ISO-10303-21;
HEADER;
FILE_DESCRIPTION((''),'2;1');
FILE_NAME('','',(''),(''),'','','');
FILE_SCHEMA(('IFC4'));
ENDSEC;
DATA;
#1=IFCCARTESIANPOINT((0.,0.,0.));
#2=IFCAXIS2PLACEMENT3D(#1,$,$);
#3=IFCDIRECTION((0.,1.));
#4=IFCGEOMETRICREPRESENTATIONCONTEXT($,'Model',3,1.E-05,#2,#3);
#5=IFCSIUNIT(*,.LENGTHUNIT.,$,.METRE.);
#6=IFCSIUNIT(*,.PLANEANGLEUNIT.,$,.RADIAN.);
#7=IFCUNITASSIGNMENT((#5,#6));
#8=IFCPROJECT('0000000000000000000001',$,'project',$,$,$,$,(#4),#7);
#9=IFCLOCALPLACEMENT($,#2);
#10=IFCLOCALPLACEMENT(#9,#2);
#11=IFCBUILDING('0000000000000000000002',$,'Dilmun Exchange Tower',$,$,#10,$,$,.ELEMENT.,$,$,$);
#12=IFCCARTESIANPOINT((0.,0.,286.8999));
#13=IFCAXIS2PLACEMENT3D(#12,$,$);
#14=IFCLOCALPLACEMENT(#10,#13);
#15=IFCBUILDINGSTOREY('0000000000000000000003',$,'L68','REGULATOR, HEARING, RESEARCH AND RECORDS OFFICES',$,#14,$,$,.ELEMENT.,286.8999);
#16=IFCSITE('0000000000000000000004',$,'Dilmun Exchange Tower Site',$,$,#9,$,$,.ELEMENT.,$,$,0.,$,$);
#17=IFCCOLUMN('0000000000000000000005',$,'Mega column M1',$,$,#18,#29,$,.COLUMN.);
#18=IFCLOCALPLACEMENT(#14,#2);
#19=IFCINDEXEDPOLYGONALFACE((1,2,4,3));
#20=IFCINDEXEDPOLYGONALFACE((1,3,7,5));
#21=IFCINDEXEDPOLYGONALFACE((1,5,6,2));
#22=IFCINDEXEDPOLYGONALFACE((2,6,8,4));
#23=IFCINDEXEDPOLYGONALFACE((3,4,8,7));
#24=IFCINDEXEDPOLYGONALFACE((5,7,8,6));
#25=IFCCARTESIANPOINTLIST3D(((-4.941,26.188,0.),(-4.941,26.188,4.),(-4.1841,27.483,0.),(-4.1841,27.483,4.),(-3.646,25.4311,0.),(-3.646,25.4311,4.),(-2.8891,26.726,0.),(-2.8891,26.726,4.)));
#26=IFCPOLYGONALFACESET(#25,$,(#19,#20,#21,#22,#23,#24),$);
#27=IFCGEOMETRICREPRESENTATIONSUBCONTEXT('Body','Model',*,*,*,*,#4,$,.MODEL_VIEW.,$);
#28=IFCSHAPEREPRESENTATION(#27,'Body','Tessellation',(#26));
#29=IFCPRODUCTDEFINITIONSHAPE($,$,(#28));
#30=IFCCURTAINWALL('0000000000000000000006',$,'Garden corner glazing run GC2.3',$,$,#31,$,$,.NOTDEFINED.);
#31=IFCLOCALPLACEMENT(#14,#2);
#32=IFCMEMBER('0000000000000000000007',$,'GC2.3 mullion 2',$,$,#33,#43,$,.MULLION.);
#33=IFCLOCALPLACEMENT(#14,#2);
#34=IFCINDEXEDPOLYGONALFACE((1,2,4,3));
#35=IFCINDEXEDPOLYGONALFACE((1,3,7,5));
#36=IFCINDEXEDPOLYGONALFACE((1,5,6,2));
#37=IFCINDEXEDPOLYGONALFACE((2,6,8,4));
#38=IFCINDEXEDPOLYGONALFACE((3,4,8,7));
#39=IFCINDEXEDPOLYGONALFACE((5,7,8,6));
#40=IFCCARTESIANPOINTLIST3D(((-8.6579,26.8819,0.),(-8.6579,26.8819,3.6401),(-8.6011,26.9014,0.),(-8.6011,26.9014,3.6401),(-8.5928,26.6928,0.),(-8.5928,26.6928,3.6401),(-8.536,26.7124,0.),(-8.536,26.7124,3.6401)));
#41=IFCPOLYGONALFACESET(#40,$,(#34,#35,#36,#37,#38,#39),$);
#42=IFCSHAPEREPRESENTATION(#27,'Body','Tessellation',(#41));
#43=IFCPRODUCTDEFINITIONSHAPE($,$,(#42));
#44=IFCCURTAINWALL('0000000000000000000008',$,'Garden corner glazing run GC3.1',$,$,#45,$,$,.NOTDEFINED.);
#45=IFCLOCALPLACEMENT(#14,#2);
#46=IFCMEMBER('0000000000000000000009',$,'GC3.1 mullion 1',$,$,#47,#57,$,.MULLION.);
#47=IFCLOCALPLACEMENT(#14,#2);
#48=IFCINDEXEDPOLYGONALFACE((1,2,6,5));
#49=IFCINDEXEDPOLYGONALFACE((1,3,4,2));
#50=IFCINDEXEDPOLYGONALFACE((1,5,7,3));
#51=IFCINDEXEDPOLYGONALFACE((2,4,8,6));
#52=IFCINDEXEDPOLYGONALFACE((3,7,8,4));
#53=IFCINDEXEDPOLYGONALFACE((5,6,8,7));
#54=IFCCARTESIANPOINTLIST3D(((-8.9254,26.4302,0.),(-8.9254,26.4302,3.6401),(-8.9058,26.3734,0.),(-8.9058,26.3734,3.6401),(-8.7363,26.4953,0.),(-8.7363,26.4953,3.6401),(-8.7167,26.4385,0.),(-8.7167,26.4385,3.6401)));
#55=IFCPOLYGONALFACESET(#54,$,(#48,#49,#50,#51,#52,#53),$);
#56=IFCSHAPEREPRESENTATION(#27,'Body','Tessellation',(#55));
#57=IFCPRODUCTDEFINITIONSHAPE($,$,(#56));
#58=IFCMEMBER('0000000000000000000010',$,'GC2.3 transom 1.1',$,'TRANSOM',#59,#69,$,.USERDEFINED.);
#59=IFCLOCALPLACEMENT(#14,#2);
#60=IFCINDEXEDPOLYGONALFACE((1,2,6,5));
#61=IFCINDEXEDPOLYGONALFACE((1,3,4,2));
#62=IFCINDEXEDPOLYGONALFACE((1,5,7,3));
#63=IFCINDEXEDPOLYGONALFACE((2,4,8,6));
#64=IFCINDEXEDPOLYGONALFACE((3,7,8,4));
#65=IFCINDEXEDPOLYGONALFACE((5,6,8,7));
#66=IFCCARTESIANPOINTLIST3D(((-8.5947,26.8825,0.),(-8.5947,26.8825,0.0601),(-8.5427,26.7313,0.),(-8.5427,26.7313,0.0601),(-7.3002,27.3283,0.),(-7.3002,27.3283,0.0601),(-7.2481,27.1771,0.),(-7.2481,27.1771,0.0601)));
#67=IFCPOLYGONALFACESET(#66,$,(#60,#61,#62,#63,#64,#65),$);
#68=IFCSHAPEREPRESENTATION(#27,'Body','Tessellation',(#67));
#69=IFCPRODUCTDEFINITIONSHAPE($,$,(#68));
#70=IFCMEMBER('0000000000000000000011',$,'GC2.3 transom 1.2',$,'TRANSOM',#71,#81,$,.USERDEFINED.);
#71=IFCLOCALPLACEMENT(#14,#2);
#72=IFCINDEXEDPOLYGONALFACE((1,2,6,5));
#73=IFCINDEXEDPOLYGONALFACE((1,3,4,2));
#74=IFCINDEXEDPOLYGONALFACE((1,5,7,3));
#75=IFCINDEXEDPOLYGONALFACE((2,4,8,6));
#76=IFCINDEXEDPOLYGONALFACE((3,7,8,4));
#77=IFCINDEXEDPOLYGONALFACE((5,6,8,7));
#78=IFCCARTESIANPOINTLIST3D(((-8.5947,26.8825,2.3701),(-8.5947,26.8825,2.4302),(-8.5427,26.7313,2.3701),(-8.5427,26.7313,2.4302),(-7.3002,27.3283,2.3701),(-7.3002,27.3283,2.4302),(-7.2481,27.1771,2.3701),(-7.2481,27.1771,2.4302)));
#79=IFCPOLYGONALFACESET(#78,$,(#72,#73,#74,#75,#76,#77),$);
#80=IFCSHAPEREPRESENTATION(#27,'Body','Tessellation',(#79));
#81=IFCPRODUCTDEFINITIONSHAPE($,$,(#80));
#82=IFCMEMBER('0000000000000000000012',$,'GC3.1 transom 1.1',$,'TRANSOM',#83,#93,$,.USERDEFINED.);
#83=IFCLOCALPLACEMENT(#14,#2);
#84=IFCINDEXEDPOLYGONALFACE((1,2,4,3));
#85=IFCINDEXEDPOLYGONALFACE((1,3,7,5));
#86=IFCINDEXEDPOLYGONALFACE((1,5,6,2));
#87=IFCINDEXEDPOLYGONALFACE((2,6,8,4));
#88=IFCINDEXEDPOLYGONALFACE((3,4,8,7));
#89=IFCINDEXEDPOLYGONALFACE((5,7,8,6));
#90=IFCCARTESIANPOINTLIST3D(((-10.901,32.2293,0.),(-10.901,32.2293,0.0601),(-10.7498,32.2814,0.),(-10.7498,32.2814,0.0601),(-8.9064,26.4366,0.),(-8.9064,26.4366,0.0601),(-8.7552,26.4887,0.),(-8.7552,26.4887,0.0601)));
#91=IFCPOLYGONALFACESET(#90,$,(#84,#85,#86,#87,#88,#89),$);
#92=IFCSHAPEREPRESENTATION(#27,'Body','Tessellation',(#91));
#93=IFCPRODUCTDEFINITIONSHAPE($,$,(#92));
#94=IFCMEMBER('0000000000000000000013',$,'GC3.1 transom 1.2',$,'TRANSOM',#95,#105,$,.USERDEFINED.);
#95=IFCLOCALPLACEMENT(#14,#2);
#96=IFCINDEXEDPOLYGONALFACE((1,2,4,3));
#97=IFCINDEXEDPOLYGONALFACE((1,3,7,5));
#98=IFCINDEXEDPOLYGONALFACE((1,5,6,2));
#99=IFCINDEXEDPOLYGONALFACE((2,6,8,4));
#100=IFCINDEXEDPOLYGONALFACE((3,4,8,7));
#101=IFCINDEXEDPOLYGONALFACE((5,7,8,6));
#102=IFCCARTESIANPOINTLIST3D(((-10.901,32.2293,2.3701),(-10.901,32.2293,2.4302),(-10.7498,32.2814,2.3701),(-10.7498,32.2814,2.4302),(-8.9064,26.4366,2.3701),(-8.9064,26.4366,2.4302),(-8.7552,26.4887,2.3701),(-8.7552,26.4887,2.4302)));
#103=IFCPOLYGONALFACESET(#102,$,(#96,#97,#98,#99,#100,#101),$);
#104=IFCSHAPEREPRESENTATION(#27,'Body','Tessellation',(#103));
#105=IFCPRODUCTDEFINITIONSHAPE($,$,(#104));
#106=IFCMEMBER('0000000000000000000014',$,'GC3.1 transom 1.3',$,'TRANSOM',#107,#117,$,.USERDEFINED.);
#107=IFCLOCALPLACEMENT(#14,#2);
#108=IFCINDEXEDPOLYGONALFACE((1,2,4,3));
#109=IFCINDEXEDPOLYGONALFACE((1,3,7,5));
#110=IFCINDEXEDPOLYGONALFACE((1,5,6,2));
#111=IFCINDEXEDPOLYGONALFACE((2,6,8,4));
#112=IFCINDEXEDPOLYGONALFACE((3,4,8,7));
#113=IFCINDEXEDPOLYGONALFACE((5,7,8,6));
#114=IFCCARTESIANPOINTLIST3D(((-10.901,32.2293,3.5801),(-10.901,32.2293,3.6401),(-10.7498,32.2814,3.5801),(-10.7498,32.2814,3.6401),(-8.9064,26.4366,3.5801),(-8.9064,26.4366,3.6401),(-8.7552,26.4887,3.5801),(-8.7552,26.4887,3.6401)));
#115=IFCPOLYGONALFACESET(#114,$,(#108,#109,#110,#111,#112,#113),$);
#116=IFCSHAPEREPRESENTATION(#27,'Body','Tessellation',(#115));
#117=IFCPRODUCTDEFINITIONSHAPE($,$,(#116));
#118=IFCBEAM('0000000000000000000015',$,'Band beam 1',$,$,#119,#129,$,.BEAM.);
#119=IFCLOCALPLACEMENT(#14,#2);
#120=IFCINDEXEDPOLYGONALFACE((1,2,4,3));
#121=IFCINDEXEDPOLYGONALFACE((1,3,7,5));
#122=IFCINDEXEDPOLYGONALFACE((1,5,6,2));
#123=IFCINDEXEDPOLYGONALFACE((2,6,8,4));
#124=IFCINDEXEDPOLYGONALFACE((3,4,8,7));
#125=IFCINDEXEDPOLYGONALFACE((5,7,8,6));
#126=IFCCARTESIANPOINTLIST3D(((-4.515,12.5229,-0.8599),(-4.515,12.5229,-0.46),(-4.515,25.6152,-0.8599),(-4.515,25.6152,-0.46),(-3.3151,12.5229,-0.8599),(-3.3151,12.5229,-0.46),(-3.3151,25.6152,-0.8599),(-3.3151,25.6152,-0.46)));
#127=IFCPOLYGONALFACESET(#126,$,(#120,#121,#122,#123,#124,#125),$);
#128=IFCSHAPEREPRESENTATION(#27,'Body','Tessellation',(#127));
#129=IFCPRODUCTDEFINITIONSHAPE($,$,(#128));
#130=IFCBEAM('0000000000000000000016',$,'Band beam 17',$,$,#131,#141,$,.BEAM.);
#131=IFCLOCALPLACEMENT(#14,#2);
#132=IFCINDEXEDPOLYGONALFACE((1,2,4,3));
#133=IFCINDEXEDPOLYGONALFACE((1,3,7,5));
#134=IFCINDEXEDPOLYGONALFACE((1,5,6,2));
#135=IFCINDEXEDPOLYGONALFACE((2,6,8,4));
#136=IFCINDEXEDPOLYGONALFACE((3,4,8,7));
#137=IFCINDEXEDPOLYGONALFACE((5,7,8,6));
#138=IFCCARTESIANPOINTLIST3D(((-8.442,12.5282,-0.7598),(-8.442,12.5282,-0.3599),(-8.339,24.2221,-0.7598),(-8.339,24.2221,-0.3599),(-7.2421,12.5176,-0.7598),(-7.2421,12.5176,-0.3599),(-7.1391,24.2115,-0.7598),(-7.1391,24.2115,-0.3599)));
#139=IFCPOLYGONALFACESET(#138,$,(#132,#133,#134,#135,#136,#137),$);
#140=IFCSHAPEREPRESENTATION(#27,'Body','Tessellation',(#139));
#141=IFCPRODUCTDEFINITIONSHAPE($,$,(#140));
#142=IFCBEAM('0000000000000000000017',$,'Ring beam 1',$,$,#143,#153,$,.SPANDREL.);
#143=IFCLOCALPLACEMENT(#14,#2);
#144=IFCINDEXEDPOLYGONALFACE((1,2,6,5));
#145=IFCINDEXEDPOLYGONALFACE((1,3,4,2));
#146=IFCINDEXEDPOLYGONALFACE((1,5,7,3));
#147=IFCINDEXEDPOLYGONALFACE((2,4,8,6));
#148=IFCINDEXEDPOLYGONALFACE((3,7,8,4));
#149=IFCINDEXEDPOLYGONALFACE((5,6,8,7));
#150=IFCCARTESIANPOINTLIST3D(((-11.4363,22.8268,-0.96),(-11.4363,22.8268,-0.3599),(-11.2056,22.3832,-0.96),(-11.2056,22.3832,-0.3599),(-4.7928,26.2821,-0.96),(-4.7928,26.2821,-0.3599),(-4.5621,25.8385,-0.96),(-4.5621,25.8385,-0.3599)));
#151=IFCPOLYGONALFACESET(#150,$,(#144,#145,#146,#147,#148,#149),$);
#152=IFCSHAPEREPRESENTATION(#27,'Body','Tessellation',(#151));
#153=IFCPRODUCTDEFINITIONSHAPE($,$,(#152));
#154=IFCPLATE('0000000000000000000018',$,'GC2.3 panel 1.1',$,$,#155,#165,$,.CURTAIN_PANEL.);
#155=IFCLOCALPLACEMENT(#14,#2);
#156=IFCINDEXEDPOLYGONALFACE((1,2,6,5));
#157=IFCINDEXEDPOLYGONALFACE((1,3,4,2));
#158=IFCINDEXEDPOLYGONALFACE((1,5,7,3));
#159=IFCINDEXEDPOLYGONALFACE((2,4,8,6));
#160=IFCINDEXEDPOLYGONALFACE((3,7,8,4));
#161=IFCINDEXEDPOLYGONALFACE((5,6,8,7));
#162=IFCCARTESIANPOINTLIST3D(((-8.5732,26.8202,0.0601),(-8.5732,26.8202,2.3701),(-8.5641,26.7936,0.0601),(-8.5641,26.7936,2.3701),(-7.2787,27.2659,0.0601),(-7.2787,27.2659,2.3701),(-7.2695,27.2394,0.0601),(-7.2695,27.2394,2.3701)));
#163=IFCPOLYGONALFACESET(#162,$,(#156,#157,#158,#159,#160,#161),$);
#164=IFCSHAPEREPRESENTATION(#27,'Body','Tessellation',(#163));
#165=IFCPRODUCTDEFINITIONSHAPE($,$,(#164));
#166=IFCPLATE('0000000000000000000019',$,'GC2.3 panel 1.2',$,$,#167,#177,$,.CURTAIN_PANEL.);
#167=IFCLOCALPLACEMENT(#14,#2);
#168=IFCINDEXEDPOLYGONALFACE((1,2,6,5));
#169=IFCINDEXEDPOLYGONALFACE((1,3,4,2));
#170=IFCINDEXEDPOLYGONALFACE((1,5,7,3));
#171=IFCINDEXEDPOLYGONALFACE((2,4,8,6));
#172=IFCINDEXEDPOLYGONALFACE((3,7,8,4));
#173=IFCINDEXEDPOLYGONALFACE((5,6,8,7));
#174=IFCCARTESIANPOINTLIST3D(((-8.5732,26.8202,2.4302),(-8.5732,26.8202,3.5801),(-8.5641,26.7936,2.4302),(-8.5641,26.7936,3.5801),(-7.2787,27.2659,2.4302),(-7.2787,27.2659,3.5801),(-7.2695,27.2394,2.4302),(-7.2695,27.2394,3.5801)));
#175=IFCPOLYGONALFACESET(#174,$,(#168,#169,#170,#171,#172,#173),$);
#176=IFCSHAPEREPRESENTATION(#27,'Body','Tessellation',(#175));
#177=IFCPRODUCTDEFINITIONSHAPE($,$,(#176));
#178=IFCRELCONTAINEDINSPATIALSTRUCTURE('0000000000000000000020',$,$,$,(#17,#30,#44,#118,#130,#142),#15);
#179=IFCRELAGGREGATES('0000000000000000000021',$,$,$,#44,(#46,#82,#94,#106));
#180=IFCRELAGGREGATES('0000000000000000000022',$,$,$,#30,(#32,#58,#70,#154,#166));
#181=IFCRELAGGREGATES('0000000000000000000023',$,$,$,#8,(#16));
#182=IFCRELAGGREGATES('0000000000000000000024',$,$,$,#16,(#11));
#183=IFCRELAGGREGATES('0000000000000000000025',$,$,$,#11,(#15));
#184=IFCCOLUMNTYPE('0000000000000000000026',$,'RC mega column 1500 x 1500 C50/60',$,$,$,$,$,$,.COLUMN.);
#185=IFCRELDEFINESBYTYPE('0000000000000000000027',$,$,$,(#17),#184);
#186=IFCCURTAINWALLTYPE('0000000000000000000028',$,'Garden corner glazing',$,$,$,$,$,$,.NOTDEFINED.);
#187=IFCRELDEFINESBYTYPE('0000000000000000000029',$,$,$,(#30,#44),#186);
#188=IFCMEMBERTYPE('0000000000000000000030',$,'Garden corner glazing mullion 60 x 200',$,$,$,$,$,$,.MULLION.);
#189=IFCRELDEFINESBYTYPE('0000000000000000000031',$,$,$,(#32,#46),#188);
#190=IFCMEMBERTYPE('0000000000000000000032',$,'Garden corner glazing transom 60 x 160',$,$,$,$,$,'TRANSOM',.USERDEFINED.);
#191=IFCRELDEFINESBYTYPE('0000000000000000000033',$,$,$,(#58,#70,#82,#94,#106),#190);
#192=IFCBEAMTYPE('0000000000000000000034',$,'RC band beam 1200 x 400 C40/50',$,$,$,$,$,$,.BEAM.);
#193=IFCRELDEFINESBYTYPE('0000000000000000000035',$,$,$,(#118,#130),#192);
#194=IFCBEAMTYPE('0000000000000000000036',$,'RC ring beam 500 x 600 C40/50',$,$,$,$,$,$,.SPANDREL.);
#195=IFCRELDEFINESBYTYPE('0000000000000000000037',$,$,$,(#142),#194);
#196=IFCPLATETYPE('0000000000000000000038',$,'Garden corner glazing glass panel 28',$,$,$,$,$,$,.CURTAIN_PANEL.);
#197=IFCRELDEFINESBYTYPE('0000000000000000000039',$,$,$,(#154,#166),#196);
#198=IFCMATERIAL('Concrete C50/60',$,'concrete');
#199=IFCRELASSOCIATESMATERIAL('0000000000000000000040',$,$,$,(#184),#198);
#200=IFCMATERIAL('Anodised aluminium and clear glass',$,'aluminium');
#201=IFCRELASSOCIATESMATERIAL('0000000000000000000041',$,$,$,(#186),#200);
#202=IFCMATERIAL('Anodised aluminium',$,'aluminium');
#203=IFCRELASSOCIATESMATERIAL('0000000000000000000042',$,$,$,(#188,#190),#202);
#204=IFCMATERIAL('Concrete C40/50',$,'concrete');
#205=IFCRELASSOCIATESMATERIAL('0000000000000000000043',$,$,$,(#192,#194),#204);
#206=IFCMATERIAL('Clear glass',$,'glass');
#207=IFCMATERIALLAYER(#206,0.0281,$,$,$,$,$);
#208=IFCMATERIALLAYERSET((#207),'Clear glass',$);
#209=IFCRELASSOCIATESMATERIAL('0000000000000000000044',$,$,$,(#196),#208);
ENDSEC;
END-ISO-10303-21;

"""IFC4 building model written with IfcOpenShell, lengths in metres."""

from ifc_helpers import new_model, si_unit, direction, frame, origin, origin_2d, place, context, subcontext, project, spatial, rectangle, extrude, material, layer, layer_set, material_profile, profile_set, type_object, element, aggregate, save


model = new_model("IFC4")

# Units and contexts
model_context = context("Model", 3, precision=1e-05, world=origin(), true_north=direction((0.0, 1.0)))
body_context = subcontext(model_context, "Body", "Model", "MODEL_VIEW")
ifc_project = project(units=[si_unit("LENGTHUNIT", "METRE"), si_unit("PLANEANGLEUNIT", "RADIAN")], contexts=[model_context])

# Site, building, storey
site_placement = place(None, origin())
site = spatial("IfcSite", under=ifc_project, at=site_placement, Name="Dilmun Exchange Tower Site", CompositionType="ELEMENT", RefElevation=0.0)
building_placement = place(site_placement, origin())
building = spatial("IfcBuilding", under=site, at=building_placement, Name="Dilmun Exchange Tower", CompositionType="ELEMENT")
storey_placement = place(building_placement, frame((0.0, 0.0, 286.8999)))
storey = spatial("IfcBuildingStorey", under=building, at=storey_placement, Name="L68", Description="REGULATOR, HEARING, RESEARCH AND RECORDS OFFICES", CompositionType="ELEMENT", Elevation=286.8999)

# Column
ifc_material_1 = material(Name="Concrete C50/60", Category="concrete")
ifc_material_profile_1 = material_profile(ifc_material_1, rectangle(XDim=1.5, YDim=1.5, at=origin_2d()), Name="1500 x 1500")
ifc_profile_set_1 = profile_set([ifc_material_profile_1], Name="Concrete C50/60")
column_type = type_object("IfcColumnType", Name="RC mega column 1500 x 1500 C50/60", PredefinedType="COLUMN", material=ifc_profile_set_1)
column_placement = place(storey_placement, frame((-3.915, 26.457, 0.0), z_axis=(0.0, 0.0, 1.0), x_axis=(0.504644, 0.863328, 0.0)))
element("IfcColumn", 1, at=column_placement, inside=storey, type_object=column_type, Name="Mega column M1", PredefinedType="COLUMN", context=body_context, shape_type="SweptSolid", body=[
    extrude(rectangle(XDim=1.5, YDim=1.5, at=origin_2d()), origin(), (0.0, 0.0, 1.0), 4.0),
])

# Curtain walls, members
ifc_material_2 = material(Name="Anodised aluminium and clear glass", Category="aluminium")
curtain_wall_type = type_object("IfcCurtainWallType", Name="Garden corner glazing", PredefinedType="NOTDEFINED", material=ifc_material_2)
curtain_wall_1_placement = place(storey_placement, origin())
curtain_wall_1 = element("IfcCurtainWall", 2, at=curtain_wall_1_placement, inside=storey, type_object=curtain_wall_type, Name="Garden corner glazing run GC2.3", PredefinedType="NOTDEFINED")
ifc_material_3 = material(Name="Anodised aluminium", Category="aluminium")
ifc_material_profile_2 = material_profile(ifc_material_3, rectangle(XDim=0.2, YDim=0.0601, at=origin_2d()), Name="AL 60x200")
ifc_profile_set_2 = profile_set([ifc_material_profile_2], Name="Anodised aluminium")
member_type_1 = type_object("IfcMemberType", Name="Garden corner glazing mullion 60 x 200", PredefinedType="MULLION", material=ifc_profile_set_2)
member_1_placement = place(storey_placement, frame((-8.5969, 26.7971, 0.0), z_axis=(0.0, 0.0, 1.0), x_axis=(0.32556, -0.945521, 0.0)))
member_1 = element("IfcMember", 3, at=member_1_placement, type_object=member_type_1, Name="GC2.3 mullion 2", PredefinedType="MULLION", context=body_context, shape_type="SweptSolid", body=[
    extrude(rectangle(XDim=0.2, YDim=0.0601, at=origin_2d()), origin(), (0.0, 0.0, 1.0), 3.6401),
])
curtain_wall_2_placement = place(storey_placement, origin())
curtain_wall_2 = element("IfcCurtainWall", 4, at=curtain_wall_2_placement, inside=storey, type_object=curtain_wall_type, Name="Garden corner glazing run GC3.1", PredefinedType="NOTDEFINED")
member_2_placement = place(storey_placement, frame((-8.821, 26.4343, 0.0), z_axis=(0.0, 0.0, 1.0), x_axis=(-0.945517, -0.325573, 0.0)))
member_2 = element("IfcMember", 5, at=member_2_placement, type_object=member_type_1, Name="GC3.1 mullion 1", PredefinedType="MULLION", context=body_context, shape_type="SweptSolid", body=[
    extrude(rectangle(XDim=0.2, YDim=0.0601, at=origin_2d()), origin(), (0.0, 0.0, 1.0), 3.6401),
])

# Members
ifc_material_profile_3 = material_profile(ifc_material_3, rectangle(XDim=0.1599, YDim=0.0601, at=origin_2d()), Name="AL 60x160")
ifc_profile_set_3 = profile_set([ifc_material_profile_3], Name="Anodised aluminium")
member_type_2 = type_object("IfcMemberType", Name="Garden corner glazing transom 60 x 160", ElementType="TRANSOM", PredefinedType="USERDEFINED", material=ifc_profile_set_3)
member_3_placement = place(storey_placement, frame((-7.2742, 27.2527, 0.03), z_axis=(-0.945498, -0.325628, 0.0), x_axis=(0.325628, -0.945498, 0.0)))
member_3 = element("IfcMember", 6, at=member_3_placement, type_object=member_type_2, Name="GC2.3 transom 1.1", ObjectType="TRANSOM", PredefinedType="USERDEFINED", context=body_context, shape_type="SweptSolid", body=[
    extrude(rectangle(XDim=0.1599, YDim=0.0601, at=origin_2d()), origin(), (0.0, 0.0, 1.0), 1.3691),
])
member_4_placement = place(storey_placement, frame((-7.2742, 27.2527, 2.4001), z_axis=(-0.945498, -0.325628, 0.0), x_axis=(0.325628, -0.945498, 0.0)))
member_4 = element("IfcMember", 7, at=member_4_placement, type_object=member_type_2, Name="GC2.3 transom 1.2", ObjectType="TRANSOM", PredefinedType="USERDEFINED", context=body_context, shape_type="SweptSolid", body=[
    extrude(rectangle(XDim=0.1599, YDim=0.0601, at=origin_2d()), origin(), (0.0, 0.0, 1.0), 1.3691),
])
member_5_placement = place(storey_placement, frame((-8.8308, 26.4626, 0.03), z_axis=(-0.325573, 0.945517, 0.0), x_axis=(-0.945517, -0.325573, 0.0)))
member_5 = element("IfcMember", 8, at=member_5_placement, type_object=member_type_2, Name="GC3.1 transom 1.1", ObjectType="TRANSOM", PredefinedType="USERDEFINED", context=body_context, shape_type="SweptSolid", body=[
    extrude(rectangle(XDim=0.1599, YDim=0.0601, at=origin_2d()), origin(), (0.0, 0.0, 1.0), 6.1265),
])
member_6_placement = place(storey_placement, frame((-8.8308, 26.4626, 2.4001), z_axis=(-0.325573, 0.945517, 0.0), x_axis=(-0.945517, -0.325573, 0.0)))
member_6 = element("IfcMember", 9, at=member_6_placement, type_object=member_type_2, Name="GC3.1 transom 1.2", ObjectType="TRANSOM", PredefinedType="USERDEFINED", context=body_context, shape_type="SweptSolid", body=[
    extrude(rectangle(XDim=0.1599, YDim=0.0601, at=origin_2d()), origin(), (0.0, 0.0, 1.0), 6.1265),
])
member_7_placement = place(storey_placement, frame((-8.8308, 26.4626, 3.6101), z_axis=(-0.325573, 0.945517, 0.0), x_axis=(-0.945517, -0.325573, 0.0)))
member_7 = element("IfcMember", 10, at=member_7_placement, type_object=member_type_2, Name="GC3.1 transom 1.3", ObjectType="TRANSOM", PredefinedType="USERDEFINED", context=body_context, shape_type="SweptSolid", body=[
    extrude(rectangle(XDim=0.1599, YDim=0.0601, at=origin_2d()), origin(), (0.0, 0.0, 1.0), 6.1265),
])
aggregate(curtain_wall_2, [member_2, member_5, member_6, member_7])

# Beams
ifc_material_4 = material(Name="Concrete C40/50", Category="concrete")
ifc_material_profile_4 = material_profile(ifc_material_4, rectangle(XDim=1.2, YDim=0.3999, at=origin_2d()), Name="1200 x 400")
ifc_profile_set_4 = profile_set([ifc_material_profile_4], Name="Concrete C40/50")
beam_type_1 = type_object("IfcBeamType", Name="RC band beam 1200 x 400 C40/50", PredefinedType="BEAM", material=ifc_profile_set_4)
beam_1_placement = place(storey_placement, frame((-3.915, 25.6152, -0.6599), z_axis=(0.0, -1.0, 0.0), x_axis=(1.0, 0.0, 0.0)))
element("IfcBeam", 11, at=beam_1_placement, inside=storey, type_object=beam_type_1, Name="Band beam 1", PredefinedType="BEAM", context=body_context, shape_type="SweptSolid", body=[
    extrude(rectangle(XDim=1.2, YDim=0.3999, at=origin_2d()), origin(), (0.0, 0.0, 1.0), 13.0923),
])
beam_2_placement = place(storey_placement, frame((-7.739, 24.2168, -0.5598), z_axis=(-0.00881, -0.999961, 0.0), x_axis=(0.999961, -0.00881, 0.0)))
element("IfcBeam", 12, at=beam_2_placement, inside=storey, type_object=beam_type_1, Name="Band beam 17", PredefinedType="BEAM", context=body_context, shape_type="SweptSolid", body=[
    extrude(rectangle(XDim=1.2, YDim=0.3999, at=origin_2d()), origin(), (0.0, 0.0, 1.0), 11.6943),
])
ifc_material_profile_5 = material_profile(ifc_material_4, rectangle(XDim=0.5, YDim=0.6001, at=origin_2d()), Name="500 x 600")
ifc_profile_set_5 = profile_set([ifc_material_profile_5], Name="Concrete C40/50")
beam_type_2 = type_object("IfcBeamType", Name="RC ring beam 500 x 600 C40/50", PredefinedType="SPANDREL", material=ifc_profile_set_5)
beam_3_placement = place(storey_placement, frame((-4.6775, 26.0603, -0.6599), z_axis=(-0.88718, -0.461424, 0.0), x_axis=(0.461424, -0.88718, 0.0)))
element("IfcBeam", 13, at=beam_3_placement, inside=storey, type_object=beam_type_2, Name="Ring beam 1", PredefinedType="SPANDREL", context=body_context, shape_type="SweptSolid", body=[
    extrude(rectangle(XDim=0.5, YDim=0.6001, at=origin_2d()), origin(), (0.0, 0.0, 1.0), 7.4883),
])

# Plates
ifc_material_5 = material(Name="Clear glass", Category="glass")
ifc_layer_1 = layer(ifc_material_5, 0.0281)
ifc_layer_set_1 = layer_set([ifc_layer_1], Name="Clear glass")
plate_type = type_object("IfcPlateType", Name="Garden corner glazing glass panel 28", PredefinedType="CURTAIN_PANEL", material=ifc_layer_set_1)
plate_1_placement = place(storey_placement, frame((-7.9214, 27.0298, 0.0601), z_axis=(0.0, 0.0, 1.0), x_axis=(-0.945521, -0.32556, 0.0)))
plate_1 = element("IfcPlate", 14, at=plate_1_placement, type_object=plate_type, Name="GC2.3 panel 1.1", PredefinedType="CURTAIN_PANEL", context=body_context, shape_type="SweptSolid", body=[
    extrude(rectangle(XDim=1.3691, YDim=0.0281, at=origin_2d()), origin(), (0.0, 0.0, 1.0), 2.3101),
])
plate_2_placement = place(storey_placement, frame((-7.9214, 27.0298, 2.4302), z_axis=(0.0, 0.0, 1.0), x_axis=(-0.945521, -0.32556, 0.0)))
plate_2 = element("IfcPlate", 15, at=plate_2_placement, type_object=plate_type, Name="GC2.3 panel 1.2", PredefinedType="CURTAIN_PANEL", context=body_context, shape_type="SweptSolid", body=[
    extrude(rectangle(XDim=1.3691, YDim=0.0281, at=origin_2d()), origin(), (0.0, 0.0, 1.0), 1.1499),
])
aggregate(curtain_wall_1, [member_1, member_3, member_4, plate_1, plate_2])

save(model, "model.ifc")
